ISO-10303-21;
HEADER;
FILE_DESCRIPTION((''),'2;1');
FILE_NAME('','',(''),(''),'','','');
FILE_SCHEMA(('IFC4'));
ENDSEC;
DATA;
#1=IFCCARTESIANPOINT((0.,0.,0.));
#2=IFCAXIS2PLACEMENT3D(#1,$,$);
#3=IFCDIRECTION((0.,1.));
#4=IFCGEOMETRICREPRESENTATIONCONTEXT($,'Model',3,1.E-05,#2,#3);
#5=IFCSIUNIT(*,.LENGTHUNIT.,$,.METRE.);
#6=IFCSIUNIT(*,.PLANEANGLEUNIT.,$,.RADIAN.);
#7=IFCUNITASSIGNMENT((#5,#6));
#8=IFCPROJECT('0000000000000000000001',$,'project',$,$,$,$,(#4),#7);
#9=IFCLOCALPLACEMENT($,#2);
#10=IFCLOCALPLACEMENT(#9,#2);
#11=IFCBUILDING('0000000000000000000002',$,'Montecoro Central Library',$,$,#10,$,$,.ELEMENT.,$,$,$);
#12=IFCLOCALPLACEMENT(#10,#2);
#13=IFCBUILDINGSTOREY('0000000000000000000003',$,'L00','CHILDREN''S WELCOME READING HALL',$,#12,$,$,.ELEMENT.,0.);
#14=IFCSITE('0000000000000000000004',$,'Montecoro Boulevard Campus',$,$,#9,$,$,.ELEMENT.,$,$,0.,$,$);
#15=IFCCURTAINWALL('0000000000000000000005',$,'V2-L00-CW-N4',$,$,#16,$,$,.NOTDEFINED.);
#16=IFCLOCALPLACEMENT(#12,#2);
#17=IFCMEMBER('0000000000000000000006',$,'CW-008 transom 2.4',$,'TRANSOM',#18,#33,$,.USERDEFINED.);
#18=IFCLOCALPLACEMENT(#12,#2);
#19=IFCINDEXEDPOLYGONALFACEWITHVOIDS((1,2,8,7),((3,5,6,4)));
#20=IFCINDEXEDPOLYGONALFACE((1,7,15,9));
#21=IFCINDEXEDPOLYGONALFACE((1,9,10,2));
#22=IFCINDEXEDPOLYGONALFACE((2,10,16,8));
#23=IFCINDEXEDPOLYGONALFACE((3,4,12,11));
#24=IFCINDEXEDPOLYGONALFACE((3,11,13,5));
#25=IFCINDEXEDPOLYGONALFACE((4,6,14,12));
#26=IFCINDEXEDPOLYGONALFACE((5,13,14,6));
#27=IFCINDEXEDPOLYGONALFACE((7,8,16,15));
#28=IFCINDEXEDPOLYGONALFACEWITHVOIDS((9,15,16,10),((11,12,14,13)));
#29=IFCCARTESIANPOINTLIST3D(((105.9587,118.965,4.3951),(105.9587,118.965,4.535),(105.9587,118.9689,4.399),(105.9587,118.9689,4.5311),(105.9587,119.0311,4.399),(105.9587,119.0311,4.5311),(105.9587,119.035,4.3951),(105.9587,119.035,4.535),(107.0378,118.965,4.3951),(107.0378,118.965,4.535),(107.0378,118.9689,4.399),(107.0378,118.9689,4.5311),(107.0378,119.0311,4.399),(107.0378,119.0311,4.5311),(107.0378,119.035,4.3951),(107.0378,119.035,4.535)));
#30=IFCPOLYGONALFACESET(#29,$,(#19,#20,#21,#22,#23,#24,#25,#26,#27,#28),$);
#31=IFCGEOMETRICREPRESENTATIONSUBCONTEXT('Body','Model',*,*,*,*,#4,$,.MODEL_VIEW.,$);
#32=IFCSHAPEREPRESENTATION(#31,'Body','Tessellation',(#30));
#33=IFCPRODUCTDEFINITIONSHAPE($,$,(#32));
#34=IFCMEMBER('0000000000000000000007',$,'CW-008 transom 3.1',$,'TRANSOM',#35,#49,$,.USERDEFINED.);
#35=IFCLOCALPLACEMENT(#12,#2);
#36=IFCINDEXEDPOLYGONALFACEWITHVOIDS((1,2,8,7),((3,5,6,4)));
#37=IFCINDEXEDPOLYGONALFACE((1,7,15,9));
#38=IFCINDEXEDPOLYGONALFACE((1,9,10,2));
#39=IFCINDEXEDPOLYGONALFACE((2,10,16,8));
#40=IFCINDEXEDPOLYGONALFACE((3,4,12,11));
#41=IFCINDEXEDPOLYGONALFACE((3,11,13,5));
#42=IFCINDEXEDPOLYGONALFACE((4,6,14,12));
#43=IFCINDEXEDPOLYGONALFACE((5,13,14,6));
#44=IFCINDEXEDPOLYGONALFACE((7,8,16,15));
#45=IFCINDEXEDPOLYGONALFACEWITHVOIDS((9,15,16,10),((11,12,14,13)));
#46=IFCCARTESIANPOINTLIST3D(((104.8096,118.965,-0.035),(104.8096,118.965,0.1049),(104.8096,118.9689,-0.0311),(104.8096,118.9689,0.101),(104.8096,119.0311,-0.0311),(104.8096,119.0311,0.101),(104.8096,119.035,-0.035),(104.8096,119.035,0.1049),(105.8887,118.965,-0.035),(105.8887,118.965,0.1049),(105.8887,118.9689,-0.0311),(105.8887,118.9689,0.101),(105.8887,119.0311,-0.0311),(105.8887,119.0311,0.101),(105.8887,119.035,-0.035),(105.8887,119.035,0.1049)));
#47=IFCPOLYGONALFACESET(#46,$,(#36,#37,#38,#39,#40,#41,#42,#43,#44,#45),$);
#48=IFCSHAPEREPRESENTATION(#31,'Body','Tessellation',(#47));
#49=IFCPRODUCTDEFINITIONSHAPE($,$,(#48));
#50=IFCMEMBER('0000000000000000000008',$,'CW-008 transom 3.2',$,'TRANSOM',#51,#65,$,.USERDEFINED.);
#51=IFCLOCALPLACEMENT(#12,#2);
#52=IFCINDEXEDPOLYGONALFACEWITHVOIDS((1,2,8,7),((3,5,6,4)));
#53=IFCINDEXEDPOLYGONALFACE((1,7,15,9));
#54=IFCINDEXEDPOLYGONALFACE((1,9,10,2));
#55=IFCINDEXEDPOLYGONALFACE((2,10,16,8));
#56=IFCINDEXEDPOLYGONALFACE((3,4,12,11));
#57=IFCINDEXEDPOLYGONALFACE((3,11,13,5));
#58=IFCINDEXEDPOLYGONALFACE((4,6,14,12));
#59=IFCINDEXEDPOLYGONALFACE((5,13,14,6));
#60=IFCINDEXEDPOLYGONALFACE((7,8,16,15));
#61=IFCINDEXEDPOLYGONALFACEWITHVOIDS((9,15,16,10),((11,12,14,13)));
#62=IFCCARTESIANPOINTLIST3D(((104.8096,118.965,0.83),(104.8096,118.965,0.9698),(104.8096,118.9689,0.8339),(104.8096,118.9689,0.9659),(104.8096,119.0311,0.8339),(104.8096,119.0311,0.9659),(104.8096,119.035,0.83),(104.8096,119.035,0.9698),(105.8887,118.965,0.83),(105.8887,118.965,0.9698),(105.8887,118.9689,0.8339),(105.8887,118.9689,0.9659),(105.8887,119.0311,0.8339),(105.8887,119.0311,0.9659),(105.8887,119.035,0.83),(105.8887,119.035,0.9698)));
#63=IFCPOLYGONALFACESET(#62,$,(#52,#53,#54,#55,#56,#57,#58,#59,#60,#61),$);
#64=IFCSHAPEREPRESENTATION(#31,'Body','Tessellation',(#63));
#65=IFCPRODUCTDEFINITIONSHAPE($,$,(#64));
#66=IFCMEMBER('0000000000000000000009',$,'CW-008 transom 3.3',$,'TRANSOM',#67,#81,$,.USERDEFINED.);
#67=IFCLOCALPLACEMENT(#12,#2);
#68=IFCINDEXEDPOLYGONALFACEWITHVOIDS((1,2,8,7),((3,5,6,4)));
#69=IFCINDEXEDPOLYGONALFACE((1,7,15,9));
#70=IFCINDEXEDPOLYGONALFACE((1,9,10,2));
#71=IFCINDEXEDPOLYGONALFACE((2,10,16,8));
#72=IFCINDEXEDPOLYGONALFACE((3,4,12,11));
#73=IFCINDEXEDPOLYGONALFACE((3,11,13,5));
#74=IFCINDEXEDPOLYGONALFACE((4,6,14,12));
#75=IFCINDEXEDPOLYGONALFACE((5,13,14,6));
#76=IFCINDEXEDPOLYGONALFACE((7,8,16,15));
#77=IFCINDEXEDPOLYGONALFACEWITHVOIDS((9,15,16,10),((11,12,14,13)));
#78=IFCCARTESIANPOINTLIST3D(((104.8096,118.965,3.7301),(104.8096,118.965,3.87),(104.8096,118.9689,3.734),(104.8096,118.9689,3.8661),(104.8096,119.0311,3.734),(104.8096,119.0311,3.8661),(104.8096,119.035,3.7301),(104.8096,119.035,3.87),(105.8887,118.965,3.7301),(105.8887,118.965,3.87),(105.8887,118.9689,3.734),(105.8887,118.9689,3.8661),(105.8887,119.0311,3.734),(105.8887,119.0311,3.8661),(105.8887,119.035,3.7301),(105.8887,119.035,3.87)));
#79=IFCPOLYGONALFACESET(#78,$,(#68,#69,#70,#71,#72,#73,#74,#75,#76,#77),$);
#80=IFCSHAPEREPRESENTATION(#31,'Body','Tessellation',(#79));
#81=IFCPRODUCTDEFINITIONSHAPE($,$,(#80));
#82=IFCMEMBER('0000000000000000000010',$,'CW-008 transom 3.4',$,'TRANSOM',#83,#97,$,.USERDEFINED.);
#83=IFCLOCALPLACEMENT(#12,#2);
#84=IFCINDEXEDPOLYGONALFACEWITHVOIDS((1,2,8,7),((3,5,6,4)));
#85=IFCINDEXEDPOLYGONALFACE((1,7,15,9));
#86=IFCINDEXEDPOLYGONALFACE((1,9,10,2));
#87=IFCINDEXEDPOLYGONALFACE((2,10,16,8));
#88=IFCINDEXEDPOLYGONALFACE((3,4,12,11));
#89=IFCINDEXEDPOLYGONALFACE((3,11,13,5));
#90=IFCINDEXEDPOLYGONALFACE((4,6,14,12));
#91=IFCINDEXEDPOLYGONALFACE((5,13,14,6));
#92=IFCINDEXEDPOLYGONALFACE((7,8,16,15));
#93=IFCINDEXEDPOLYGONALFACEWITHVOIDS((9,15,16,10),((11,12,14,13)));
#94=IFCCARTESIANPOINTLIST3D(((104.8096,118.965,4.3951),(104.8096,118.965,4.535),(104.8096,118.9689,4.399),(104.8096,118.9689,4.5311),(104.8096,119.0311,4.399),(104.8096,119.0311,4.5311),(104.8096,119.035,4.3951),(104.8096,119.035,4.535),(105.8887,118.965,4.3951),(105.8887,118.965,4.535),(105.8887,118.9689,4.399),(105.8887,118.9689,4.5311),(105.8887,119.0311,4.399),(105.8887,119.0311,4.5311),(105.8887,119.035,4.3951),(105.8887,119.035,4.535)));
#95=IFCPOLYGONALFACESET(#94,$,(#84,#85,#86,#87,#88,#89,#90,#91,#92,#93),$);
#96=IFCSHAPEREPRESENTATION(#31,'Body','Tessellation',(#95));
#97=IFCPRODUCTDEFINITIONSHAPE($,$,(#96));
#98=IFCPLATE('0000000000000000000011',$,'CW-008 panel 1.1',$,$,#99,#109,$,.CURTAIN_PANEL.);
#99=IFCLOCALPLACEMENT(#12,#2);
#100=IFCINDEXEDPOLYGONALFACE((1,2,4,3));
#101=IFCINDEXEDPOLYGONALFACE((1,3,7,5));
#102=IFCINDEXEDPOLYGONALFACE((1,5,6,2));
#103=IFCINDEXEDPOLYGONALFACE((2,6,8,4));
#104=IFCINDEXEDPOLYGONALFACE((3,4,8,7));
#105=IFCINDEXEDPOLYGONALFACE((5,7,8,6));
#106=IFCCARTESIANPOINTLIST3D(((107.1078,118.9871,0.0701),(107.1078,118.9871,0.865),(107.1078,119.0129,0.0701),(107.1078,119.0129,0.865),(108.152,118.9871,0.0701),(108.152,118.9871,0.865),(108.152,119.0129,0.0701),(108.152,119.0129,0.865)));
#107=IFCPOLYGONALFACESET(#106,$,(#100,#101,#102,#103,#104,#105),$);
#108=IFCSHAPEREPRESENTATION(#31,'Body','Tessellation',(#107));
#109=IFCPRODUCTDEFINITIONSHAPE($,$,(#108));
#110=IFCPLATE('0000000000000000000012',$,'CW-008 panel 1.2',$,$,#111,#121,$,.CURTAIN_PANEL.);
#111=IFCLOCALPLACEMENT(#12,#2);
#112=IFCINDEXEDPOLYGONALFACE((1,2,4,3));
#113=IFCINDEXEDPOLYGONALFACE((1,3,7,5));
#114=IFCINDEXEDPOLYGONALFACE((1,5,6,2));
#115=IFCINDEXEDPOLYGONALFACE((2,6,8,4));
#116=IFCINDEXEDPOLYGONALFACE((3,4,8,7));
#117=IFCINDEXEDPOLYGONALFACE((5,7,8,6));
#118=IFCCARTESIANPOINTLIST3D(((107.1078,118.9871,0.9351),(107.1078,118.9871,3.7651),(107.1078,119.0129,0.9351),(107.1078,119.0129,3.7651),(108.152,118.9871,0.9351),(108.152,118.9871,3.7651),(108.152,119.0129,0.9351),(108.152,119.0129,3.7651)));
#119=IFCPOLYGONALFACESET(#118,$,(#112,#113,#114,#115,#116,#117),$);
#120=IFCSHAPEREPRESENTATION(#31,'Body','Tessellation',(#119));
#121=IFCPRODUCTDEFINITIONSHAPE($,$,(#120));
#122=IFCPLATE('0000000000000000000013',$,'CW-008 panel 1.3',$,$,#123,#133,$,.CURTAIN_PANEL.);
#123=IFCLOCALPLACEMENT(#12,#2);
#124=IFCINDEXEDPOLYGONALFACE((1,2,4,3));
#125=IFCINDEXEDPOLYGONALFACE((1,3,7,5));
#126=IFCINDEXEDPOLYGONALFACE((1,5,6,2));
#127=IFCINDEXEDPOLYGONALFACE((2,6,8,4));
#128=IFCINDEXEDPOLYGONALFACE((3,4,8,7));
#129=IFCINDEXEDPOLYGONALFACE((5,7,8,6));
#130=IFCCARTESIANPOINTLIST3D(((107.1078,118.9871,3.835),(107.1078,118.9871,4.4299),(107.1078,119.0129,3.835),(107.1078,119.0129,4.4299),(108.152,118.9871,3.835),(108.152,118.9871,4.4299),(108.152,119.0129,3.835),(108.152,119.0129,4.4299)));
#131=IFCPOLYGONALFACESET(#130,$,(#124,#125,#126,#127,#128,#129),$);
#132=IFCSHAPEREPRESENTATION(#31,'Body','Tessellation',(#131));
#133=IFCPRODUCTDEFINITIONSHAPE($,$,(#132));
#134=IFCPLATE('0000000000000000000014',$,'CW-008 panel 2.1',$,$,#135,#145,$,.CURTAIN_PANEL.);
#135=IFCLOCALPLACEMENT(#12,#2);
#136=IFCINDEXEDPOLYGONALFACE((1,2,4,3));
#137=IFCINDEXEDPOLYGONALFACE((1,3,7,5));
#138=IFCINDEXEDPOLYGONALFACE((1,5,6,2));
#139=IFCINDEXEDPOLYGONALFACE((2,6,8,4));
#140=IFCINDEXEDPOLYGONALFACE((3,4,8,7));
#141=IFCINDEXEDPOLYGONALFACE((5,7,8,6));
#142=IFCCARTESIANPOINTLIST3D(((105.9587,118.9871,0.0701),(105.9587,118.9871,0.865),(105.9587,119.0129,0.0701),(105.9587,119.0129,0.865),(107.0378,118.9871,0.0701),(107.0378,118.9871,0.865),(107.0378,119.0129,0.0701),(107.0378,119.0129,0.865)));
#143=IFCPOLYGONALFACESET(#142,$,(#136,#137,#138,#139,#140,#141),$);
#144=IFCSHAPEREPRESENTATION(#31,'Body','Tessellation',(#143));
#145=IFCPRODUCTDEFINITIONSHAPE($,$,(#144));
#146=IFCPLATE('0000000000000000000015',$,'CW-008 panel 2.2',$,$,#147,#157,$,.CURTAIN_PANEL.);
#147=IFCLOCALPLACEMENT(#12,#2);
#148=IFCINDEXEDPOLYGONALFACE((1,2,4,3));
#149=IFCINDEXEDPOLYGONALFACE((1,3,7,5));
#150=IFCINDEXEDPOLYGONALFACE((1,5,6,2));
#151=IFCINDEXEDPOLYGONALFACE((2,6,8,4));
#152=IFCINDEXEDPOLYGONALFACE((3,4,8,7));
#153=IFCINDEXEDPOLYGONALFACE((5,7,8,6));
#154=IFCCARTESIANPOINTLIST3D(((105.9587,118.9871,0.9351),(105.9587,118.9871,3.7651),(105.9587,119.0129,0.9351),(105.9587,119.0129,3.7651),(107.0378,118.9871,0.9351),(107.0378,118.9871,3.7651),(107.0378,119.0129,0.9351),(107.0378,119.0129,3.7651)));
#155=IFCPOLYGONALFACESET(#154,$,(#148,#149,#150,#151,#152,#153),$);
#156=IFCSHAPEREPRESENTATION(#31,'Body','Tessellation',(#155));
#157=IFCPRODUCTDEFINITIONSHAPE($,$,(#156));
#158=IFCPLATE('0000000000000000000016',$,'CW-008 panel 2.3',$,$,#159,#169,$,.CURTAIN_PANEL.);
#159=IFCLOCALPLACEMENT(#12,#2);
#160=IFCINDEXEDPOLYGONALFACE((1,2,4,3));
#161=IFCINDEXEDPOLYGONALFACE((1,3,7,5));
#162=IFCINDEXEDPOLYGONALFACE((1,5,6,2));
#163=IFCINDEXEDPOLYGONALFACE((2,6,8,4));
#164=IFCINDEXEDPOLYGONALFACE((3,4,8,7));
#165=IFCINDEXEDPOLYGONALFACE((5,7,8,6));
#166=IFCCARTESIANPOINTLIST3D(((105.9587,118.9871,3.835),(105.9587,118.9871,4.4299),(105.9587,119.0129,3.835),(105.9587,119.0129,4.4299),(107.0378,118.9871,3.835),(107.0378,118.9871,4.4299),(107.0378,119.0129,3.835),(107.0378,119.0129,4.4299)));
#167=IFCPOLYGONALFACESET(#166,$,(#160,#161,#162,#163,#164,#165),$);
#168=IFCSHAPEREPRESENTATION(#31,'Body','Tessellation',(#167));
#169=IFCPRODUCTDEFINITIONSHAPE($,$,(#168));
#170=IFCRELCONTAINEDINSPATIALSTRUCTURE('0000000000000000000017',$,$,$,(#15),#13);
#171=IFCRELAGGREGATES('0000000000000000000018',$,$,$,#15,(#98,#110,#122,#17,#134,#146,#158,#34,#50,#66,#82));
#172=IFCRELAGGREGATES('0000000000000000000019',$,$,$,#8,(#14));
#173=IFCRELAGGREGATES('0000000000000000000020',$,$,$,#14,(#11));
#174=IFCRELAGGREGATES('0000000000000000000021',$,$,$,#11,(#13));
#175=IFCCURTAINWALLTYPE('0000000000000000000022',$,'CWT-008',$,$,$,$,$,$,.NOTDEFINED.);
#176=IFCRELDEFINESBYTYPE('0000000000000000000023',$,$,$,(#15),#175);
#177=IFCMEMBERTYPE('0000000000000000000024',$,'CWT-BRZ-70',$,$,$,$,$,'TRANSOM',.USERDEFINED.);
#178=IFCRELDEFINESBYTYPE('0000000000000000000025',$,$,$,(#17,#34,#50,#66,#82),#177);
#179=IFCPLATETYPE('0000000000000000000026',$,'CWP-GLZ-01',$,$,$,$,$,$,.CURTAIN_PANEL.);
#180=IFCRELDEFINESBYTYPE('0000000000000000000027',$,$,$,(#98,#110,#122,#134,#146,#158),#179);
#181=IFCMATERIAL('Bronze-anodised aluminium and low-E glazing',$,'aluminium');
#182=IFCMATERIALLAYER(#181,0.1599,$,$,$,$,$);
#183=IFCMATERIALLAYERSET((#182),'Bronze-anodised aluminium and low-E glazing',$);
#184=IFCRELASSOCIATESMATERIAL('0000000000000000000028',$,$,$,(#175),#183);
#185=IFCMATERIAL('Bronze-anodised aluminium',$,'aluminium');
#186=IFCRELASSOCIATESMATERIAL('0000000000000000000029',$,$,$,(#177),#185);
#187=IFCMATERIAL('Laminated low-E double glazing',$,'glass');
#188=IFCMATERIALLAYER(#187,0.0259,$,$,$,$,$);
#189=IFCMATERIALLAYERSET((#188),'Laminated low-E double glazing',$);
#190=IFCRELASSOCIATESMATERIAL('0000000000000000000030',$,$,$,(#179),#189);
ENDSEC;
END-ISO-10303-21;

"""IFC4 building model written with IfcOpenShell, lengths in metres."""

from ifc_helpers import new_model, si_unit, direction, frame, origin, origin_2d, place, context, subcontext, project, spatial, rectangle, hollow_rectangle, extrude, material, layer, layer_set, material_profile, profile_set, type_object, element, aggregate, save


model = new_model("IFC4")

# Units and contexts
model_context = context("Model", 3, precision=1e-05, world=origin(), true_north=direction((0.0, 1.0)))
body_context = subcontext(model_context, "Body", "Model", "MODEL_VIEW")
ifc_project = project(units=[si_unit("LENGTHUNIT", "METRE"), si_unit("PLANEANGLEUNIT", "RADIAN")], contexts=[model_context])

# Site, building, storey
site_placement = place(None, origin())
site = spatial("IfcSite", under=ifc_project, at=site_placement, Name="Montecoro Boulevard Campus", CompositionType="ELEMENT", RefElevation=0.0)
building_placement = place(site_placement, origin())
building = spatial("IfcBuilding", under=site, at=building_placement, Name="Montecoro Central Library", CompositionType="ELEMENT")
storey_placement = place(building_placement, origin())
storey = spatial("IfcBuildingStorey", under=building, at=storey_placement, Name="L00", Description="CHILDREN'S WELCOME READING HALL", CompositionType="ELEMENT", Elevation=0.0)

# Curtain wall, members, plates
ifc_material_1 = material(Name="Bronze-anodised aluminium and low-E glazing", Category="aluminium")
ifc_layer_1 = layer(ifc_material_1, 0.1599)
ifc_layer_set_1 = layer_set([ifc_layer_1], Name="Bronze-anodised aluminium and low-E glazing")
curtain_wall_type = type_object("IfcCurtainWallType", Name="CWT-008", PredefinedType="NOTDEFINED", material=ifc_layer_set_1)
curtain_wall_placement = place(storey_placement, origin())
curtain_wall = element("IfcCurtainWall", 1, at=curtain_wall_placement, inside=storey, type_object=curtain_wall_type, Name="V2-L00-CW-N4", PredefinedType="NOTDEFINED")
ifc_material_2 = material(Name="Bronze-anodised aluminium", Category="aluminium")
ifc_material_profile_1 = material_profile(ifc_material_2, hollow_rectangle(XDim=0.0701, YDim=0.1399, WallThickness=0.0039, at=origin_2d()), Name="CWT 140x70x4.0")
ifc_profile_set_1 = profile_set([ifc_material_profile_1], Name="Bronze-anodised aluminium")
member_type_1 = type_object("IfcMemberType", Name="CWT-BRZ-70", ElementType="TRANSOM", PredefinedType="USERDEFINED", material=ifc_profile_set_1)
member_1_placement = place(storey_placement, frame((107.0378, 119.0, 4.4651), z_axis=(-1.0, 0.0, 0.0), x_axis=(0.0, -1.0, 0.0)))
member_1 = element("IfcMember", 2, at=member_1_placement, type_object=member_type_1, Name="CW-008 transom 2.4", ObjectType="TRANSOM", PredefinedType="USERDEFINED", context=body_context, shape_type="SweptSolid", body=[
    extrude(hollow_rectangle(XDim=0.0701, YDim=0.1399, WallThickness=0.0039, at=origin_2d()), origin(), (0.0, 0.0, 1.0), 1.0791),
])
member_2_placement = place(storey_placement, frame((105.8887, 119.0, 0.0349), z_axis=(-1.0, 0.0, 0.0), x_axis=(0.0, -1.0, 0.0)))
member_2 = element("IfcMember", 3, at=member_2_placement, type_object=member_type_1, Name="CW-008 transom 3.1", ObjectType="TRANSOM", PredefinedType="USERDEFINED", context=body_context, shape_type="SweptSolid", body=[
    extrude(hollow_rectangle(XDim=0.0701, YDim=0.1399, WallThickness=0.0039, at=origin_2d()), origin(), (0.0, 0.0, 1.0), 1.0791),
])
member_3_placement = place(storey_placement, frame((105.8887, 119.0, 0.8999), z_axis=(-1.0, 0.0, 0.0), x_axis=(0.0, -1.0, 0.0)))
member_3 = element("IfcMember", 4, at=member_3_placement, type_object=member_type_1, Name="CW-008 transom 3.2", ObjectType="TRANSOM", PredefinedType="USERDEFINED", context=body_context, shape_type="SweptSolid", body=[
    extrude(hollow_rectangle(XDim=0.0701, YDim=0.1399, WallThickness=0.0039, at=origin_2d()), origin(), (0.0, 0.0, 1.0), 1.0791),
])
member_4_placement = place(storey_placement, frame((105.8887, 119.0, 3.8), z_axis=(-1.0, 0.0, 0.0), x_axis=(0.0, -1.0, 0.0)))
member_4 = element("IfcMember", 5, at=member_4_placement, type_object=member_type_1, Name="CW-008 transom 3.3", ObjectType="TRANSOM", PredefinedType="USERDEFINED", context=body_context, shape_type="SweptSolid", body=[
    extrude(hollow_rectangle(XDim=0.0701, YDim=0.1399, WallThickness=0.0039, at=origin_2d()), origin(), (0.0, 0.0, 1.0), 1.0791),
])
member_5_placement = place(storey_placement, frame((105.8887, 119.0, 4.4651), z_axis=(-1.0, 0.0, 0.0), x_axis=(0.0, -1.0, 0.0)))
member_5 = element("IfcMember", 6, at=member_5_placement, type_object=member_type_1, Name="CW-008 transom 3.4", ObjectType="TRANSOM", PredefinedType="USERDEFINED", context=body_context, shape_type="SweptSolid", body=[
    extrude(hollow_rectangle(XDim=0.0701, YDim=0.1399, WallThickness=0.0039, at=origin_2d()), origin(), (0.0, 0.0, 1.0), 1.0791),
])
ifc_material_3 = material(Name="Laminated low-E double glazing", Category="glass")
ifc_layer_2 = layer(ifc_material_3, 0.0259)
ifc_layer_set_2 = layer_set([ifc_layer_2], Name="Laminated low-E double glazing")
plate_type = type_object("IfcPlateType", Name="CWP-GLZ-01", PredefinedType="CURTAIN_PANEL", material=ifc_layer_set_2)
plate_1_placement = place(storey_placement, frame((107.6299, 119.0, 0.0701), z_axis=(0.0, 0.0, 1.0), x_axis=(-1.0, 0.0, 0.0)))
plate_1 = element("IfcPlate", 7, at=plate_1_placement, type_object=plate_type, Name="CW-008 panel 1.1", PredefinedType="CURTAIN_PANEL", context=body_context, shape_type="SweptSolid", body=[
    extrude(rectangle(XDim=1.0442, YDim=0.0259, at=origin_2d()), origin(), (0.0, 0.0, 1.0), 0.7949),
])
plate_2_placement = place(storey_placement, frame((107.6299, 119.0, 0.9351), z_axis=(0.0, 0.0, 1.0), x_axis=(-1.0, 0.0, 0.0)))
plate_2 = element("IfcPlate", 8, at=plate_2_placement, type_object=plate_type, Name="CW-008 panel 1.2", PredefinedType="CURTAIN_PANEL", context=body_context, shape_type="SweptSolid", body=[
    extrude(rectangle(XDim=1.0442, YDim=0.0259, at=origin_2d()), origin(), (0.0, 0.0, 1.0), 2.8301),
])
plate_3_placement = place(storey_placement, frame((107.6299, 119.0, 3.835), z_axis=(0.0, 0.0, 1.0), x_axis=(-1.0, 0.0, 0.0)))
plate_3 = element("IfcPlate", 9, at=plate_3_placement, type_object=plate_type, Name="CW-008 panel 1.3", PredefinedType="CURTAIN_PANEL", context=body_context, shape_type="SweptSolid", body=[
    extrude(rectangle(XDim=1.0442, YDim=0.0259, at=origin_2d()), origin(), (0.0, 0.0, 1.0), 0.595),
])
plate_4_placement = place(storey_placement, frame((106.4983, 119.0, 0.0701), z_axis=(0.0, 0.0, 1.0), x_axis=(-1.0, 0.0, 0.0)))
plate_4 = element("IfcPlate", 10, at=plate_4_placement, type_object=plate_type, Name="CW-008 panel 2.1", PredefinedType="CURTAIN_PANEL", context=body_context, shape_type="SweptSolid", body=[
    extrude(rectangle(XDim=1.0791, YDim=0.0259, at=origin_2d()), origin(), (0.0, 0.0, 1.0), 0.7949),
])
plate_5_placement = place(storey_placement, frame((106.4983, 119.0, 0.9351), z_axis=(0.0, 0.0, 1.0), x_axis=(-1.0, 0.0, 0.0)))
plate_5 = element("IfcPlate", 11, at=plate_5_placement, type_object=plate_type, Name="CW-008 panel 2.2", PredefinedType="CURTAIN_PANEL", context=body_context, shape_type="SweptSolid", body=[
    extrude(rectangle(XDim=1.0791, YDim=0.0259, at=origin_2d()), origin(), (0.0, 0.0, 1.0), 2.8301),
])
plate_6_placement = place(storey_placement, frame((106.4983, 119.0, 3.835), z_axis=(0.0, 0.0, 1.0), x_axis=(-1.0, 0.0, 0.0)))
plate_6 = element("IfcPlate", 12, at=plate_6_placement, type_object=plate_type, Name="CW-008 panel 2.3", PredefinedType="CURTAIN_PANEL", context=body_context, shape_type="SweptSolid", body=[
    extrude(rectangle(XDim=1.0791, YDim=0.0259, at=origin_2d()), origin(), (0.0, 0.0, 1.0), 0.595),
])
aggregate(curtain_wall, [plate_1, plate_2, plate_3, member_1, plate_4, plate_5, plate_6, member_2, member_3, member_4, member_5])

save(model, "model.ifc")
